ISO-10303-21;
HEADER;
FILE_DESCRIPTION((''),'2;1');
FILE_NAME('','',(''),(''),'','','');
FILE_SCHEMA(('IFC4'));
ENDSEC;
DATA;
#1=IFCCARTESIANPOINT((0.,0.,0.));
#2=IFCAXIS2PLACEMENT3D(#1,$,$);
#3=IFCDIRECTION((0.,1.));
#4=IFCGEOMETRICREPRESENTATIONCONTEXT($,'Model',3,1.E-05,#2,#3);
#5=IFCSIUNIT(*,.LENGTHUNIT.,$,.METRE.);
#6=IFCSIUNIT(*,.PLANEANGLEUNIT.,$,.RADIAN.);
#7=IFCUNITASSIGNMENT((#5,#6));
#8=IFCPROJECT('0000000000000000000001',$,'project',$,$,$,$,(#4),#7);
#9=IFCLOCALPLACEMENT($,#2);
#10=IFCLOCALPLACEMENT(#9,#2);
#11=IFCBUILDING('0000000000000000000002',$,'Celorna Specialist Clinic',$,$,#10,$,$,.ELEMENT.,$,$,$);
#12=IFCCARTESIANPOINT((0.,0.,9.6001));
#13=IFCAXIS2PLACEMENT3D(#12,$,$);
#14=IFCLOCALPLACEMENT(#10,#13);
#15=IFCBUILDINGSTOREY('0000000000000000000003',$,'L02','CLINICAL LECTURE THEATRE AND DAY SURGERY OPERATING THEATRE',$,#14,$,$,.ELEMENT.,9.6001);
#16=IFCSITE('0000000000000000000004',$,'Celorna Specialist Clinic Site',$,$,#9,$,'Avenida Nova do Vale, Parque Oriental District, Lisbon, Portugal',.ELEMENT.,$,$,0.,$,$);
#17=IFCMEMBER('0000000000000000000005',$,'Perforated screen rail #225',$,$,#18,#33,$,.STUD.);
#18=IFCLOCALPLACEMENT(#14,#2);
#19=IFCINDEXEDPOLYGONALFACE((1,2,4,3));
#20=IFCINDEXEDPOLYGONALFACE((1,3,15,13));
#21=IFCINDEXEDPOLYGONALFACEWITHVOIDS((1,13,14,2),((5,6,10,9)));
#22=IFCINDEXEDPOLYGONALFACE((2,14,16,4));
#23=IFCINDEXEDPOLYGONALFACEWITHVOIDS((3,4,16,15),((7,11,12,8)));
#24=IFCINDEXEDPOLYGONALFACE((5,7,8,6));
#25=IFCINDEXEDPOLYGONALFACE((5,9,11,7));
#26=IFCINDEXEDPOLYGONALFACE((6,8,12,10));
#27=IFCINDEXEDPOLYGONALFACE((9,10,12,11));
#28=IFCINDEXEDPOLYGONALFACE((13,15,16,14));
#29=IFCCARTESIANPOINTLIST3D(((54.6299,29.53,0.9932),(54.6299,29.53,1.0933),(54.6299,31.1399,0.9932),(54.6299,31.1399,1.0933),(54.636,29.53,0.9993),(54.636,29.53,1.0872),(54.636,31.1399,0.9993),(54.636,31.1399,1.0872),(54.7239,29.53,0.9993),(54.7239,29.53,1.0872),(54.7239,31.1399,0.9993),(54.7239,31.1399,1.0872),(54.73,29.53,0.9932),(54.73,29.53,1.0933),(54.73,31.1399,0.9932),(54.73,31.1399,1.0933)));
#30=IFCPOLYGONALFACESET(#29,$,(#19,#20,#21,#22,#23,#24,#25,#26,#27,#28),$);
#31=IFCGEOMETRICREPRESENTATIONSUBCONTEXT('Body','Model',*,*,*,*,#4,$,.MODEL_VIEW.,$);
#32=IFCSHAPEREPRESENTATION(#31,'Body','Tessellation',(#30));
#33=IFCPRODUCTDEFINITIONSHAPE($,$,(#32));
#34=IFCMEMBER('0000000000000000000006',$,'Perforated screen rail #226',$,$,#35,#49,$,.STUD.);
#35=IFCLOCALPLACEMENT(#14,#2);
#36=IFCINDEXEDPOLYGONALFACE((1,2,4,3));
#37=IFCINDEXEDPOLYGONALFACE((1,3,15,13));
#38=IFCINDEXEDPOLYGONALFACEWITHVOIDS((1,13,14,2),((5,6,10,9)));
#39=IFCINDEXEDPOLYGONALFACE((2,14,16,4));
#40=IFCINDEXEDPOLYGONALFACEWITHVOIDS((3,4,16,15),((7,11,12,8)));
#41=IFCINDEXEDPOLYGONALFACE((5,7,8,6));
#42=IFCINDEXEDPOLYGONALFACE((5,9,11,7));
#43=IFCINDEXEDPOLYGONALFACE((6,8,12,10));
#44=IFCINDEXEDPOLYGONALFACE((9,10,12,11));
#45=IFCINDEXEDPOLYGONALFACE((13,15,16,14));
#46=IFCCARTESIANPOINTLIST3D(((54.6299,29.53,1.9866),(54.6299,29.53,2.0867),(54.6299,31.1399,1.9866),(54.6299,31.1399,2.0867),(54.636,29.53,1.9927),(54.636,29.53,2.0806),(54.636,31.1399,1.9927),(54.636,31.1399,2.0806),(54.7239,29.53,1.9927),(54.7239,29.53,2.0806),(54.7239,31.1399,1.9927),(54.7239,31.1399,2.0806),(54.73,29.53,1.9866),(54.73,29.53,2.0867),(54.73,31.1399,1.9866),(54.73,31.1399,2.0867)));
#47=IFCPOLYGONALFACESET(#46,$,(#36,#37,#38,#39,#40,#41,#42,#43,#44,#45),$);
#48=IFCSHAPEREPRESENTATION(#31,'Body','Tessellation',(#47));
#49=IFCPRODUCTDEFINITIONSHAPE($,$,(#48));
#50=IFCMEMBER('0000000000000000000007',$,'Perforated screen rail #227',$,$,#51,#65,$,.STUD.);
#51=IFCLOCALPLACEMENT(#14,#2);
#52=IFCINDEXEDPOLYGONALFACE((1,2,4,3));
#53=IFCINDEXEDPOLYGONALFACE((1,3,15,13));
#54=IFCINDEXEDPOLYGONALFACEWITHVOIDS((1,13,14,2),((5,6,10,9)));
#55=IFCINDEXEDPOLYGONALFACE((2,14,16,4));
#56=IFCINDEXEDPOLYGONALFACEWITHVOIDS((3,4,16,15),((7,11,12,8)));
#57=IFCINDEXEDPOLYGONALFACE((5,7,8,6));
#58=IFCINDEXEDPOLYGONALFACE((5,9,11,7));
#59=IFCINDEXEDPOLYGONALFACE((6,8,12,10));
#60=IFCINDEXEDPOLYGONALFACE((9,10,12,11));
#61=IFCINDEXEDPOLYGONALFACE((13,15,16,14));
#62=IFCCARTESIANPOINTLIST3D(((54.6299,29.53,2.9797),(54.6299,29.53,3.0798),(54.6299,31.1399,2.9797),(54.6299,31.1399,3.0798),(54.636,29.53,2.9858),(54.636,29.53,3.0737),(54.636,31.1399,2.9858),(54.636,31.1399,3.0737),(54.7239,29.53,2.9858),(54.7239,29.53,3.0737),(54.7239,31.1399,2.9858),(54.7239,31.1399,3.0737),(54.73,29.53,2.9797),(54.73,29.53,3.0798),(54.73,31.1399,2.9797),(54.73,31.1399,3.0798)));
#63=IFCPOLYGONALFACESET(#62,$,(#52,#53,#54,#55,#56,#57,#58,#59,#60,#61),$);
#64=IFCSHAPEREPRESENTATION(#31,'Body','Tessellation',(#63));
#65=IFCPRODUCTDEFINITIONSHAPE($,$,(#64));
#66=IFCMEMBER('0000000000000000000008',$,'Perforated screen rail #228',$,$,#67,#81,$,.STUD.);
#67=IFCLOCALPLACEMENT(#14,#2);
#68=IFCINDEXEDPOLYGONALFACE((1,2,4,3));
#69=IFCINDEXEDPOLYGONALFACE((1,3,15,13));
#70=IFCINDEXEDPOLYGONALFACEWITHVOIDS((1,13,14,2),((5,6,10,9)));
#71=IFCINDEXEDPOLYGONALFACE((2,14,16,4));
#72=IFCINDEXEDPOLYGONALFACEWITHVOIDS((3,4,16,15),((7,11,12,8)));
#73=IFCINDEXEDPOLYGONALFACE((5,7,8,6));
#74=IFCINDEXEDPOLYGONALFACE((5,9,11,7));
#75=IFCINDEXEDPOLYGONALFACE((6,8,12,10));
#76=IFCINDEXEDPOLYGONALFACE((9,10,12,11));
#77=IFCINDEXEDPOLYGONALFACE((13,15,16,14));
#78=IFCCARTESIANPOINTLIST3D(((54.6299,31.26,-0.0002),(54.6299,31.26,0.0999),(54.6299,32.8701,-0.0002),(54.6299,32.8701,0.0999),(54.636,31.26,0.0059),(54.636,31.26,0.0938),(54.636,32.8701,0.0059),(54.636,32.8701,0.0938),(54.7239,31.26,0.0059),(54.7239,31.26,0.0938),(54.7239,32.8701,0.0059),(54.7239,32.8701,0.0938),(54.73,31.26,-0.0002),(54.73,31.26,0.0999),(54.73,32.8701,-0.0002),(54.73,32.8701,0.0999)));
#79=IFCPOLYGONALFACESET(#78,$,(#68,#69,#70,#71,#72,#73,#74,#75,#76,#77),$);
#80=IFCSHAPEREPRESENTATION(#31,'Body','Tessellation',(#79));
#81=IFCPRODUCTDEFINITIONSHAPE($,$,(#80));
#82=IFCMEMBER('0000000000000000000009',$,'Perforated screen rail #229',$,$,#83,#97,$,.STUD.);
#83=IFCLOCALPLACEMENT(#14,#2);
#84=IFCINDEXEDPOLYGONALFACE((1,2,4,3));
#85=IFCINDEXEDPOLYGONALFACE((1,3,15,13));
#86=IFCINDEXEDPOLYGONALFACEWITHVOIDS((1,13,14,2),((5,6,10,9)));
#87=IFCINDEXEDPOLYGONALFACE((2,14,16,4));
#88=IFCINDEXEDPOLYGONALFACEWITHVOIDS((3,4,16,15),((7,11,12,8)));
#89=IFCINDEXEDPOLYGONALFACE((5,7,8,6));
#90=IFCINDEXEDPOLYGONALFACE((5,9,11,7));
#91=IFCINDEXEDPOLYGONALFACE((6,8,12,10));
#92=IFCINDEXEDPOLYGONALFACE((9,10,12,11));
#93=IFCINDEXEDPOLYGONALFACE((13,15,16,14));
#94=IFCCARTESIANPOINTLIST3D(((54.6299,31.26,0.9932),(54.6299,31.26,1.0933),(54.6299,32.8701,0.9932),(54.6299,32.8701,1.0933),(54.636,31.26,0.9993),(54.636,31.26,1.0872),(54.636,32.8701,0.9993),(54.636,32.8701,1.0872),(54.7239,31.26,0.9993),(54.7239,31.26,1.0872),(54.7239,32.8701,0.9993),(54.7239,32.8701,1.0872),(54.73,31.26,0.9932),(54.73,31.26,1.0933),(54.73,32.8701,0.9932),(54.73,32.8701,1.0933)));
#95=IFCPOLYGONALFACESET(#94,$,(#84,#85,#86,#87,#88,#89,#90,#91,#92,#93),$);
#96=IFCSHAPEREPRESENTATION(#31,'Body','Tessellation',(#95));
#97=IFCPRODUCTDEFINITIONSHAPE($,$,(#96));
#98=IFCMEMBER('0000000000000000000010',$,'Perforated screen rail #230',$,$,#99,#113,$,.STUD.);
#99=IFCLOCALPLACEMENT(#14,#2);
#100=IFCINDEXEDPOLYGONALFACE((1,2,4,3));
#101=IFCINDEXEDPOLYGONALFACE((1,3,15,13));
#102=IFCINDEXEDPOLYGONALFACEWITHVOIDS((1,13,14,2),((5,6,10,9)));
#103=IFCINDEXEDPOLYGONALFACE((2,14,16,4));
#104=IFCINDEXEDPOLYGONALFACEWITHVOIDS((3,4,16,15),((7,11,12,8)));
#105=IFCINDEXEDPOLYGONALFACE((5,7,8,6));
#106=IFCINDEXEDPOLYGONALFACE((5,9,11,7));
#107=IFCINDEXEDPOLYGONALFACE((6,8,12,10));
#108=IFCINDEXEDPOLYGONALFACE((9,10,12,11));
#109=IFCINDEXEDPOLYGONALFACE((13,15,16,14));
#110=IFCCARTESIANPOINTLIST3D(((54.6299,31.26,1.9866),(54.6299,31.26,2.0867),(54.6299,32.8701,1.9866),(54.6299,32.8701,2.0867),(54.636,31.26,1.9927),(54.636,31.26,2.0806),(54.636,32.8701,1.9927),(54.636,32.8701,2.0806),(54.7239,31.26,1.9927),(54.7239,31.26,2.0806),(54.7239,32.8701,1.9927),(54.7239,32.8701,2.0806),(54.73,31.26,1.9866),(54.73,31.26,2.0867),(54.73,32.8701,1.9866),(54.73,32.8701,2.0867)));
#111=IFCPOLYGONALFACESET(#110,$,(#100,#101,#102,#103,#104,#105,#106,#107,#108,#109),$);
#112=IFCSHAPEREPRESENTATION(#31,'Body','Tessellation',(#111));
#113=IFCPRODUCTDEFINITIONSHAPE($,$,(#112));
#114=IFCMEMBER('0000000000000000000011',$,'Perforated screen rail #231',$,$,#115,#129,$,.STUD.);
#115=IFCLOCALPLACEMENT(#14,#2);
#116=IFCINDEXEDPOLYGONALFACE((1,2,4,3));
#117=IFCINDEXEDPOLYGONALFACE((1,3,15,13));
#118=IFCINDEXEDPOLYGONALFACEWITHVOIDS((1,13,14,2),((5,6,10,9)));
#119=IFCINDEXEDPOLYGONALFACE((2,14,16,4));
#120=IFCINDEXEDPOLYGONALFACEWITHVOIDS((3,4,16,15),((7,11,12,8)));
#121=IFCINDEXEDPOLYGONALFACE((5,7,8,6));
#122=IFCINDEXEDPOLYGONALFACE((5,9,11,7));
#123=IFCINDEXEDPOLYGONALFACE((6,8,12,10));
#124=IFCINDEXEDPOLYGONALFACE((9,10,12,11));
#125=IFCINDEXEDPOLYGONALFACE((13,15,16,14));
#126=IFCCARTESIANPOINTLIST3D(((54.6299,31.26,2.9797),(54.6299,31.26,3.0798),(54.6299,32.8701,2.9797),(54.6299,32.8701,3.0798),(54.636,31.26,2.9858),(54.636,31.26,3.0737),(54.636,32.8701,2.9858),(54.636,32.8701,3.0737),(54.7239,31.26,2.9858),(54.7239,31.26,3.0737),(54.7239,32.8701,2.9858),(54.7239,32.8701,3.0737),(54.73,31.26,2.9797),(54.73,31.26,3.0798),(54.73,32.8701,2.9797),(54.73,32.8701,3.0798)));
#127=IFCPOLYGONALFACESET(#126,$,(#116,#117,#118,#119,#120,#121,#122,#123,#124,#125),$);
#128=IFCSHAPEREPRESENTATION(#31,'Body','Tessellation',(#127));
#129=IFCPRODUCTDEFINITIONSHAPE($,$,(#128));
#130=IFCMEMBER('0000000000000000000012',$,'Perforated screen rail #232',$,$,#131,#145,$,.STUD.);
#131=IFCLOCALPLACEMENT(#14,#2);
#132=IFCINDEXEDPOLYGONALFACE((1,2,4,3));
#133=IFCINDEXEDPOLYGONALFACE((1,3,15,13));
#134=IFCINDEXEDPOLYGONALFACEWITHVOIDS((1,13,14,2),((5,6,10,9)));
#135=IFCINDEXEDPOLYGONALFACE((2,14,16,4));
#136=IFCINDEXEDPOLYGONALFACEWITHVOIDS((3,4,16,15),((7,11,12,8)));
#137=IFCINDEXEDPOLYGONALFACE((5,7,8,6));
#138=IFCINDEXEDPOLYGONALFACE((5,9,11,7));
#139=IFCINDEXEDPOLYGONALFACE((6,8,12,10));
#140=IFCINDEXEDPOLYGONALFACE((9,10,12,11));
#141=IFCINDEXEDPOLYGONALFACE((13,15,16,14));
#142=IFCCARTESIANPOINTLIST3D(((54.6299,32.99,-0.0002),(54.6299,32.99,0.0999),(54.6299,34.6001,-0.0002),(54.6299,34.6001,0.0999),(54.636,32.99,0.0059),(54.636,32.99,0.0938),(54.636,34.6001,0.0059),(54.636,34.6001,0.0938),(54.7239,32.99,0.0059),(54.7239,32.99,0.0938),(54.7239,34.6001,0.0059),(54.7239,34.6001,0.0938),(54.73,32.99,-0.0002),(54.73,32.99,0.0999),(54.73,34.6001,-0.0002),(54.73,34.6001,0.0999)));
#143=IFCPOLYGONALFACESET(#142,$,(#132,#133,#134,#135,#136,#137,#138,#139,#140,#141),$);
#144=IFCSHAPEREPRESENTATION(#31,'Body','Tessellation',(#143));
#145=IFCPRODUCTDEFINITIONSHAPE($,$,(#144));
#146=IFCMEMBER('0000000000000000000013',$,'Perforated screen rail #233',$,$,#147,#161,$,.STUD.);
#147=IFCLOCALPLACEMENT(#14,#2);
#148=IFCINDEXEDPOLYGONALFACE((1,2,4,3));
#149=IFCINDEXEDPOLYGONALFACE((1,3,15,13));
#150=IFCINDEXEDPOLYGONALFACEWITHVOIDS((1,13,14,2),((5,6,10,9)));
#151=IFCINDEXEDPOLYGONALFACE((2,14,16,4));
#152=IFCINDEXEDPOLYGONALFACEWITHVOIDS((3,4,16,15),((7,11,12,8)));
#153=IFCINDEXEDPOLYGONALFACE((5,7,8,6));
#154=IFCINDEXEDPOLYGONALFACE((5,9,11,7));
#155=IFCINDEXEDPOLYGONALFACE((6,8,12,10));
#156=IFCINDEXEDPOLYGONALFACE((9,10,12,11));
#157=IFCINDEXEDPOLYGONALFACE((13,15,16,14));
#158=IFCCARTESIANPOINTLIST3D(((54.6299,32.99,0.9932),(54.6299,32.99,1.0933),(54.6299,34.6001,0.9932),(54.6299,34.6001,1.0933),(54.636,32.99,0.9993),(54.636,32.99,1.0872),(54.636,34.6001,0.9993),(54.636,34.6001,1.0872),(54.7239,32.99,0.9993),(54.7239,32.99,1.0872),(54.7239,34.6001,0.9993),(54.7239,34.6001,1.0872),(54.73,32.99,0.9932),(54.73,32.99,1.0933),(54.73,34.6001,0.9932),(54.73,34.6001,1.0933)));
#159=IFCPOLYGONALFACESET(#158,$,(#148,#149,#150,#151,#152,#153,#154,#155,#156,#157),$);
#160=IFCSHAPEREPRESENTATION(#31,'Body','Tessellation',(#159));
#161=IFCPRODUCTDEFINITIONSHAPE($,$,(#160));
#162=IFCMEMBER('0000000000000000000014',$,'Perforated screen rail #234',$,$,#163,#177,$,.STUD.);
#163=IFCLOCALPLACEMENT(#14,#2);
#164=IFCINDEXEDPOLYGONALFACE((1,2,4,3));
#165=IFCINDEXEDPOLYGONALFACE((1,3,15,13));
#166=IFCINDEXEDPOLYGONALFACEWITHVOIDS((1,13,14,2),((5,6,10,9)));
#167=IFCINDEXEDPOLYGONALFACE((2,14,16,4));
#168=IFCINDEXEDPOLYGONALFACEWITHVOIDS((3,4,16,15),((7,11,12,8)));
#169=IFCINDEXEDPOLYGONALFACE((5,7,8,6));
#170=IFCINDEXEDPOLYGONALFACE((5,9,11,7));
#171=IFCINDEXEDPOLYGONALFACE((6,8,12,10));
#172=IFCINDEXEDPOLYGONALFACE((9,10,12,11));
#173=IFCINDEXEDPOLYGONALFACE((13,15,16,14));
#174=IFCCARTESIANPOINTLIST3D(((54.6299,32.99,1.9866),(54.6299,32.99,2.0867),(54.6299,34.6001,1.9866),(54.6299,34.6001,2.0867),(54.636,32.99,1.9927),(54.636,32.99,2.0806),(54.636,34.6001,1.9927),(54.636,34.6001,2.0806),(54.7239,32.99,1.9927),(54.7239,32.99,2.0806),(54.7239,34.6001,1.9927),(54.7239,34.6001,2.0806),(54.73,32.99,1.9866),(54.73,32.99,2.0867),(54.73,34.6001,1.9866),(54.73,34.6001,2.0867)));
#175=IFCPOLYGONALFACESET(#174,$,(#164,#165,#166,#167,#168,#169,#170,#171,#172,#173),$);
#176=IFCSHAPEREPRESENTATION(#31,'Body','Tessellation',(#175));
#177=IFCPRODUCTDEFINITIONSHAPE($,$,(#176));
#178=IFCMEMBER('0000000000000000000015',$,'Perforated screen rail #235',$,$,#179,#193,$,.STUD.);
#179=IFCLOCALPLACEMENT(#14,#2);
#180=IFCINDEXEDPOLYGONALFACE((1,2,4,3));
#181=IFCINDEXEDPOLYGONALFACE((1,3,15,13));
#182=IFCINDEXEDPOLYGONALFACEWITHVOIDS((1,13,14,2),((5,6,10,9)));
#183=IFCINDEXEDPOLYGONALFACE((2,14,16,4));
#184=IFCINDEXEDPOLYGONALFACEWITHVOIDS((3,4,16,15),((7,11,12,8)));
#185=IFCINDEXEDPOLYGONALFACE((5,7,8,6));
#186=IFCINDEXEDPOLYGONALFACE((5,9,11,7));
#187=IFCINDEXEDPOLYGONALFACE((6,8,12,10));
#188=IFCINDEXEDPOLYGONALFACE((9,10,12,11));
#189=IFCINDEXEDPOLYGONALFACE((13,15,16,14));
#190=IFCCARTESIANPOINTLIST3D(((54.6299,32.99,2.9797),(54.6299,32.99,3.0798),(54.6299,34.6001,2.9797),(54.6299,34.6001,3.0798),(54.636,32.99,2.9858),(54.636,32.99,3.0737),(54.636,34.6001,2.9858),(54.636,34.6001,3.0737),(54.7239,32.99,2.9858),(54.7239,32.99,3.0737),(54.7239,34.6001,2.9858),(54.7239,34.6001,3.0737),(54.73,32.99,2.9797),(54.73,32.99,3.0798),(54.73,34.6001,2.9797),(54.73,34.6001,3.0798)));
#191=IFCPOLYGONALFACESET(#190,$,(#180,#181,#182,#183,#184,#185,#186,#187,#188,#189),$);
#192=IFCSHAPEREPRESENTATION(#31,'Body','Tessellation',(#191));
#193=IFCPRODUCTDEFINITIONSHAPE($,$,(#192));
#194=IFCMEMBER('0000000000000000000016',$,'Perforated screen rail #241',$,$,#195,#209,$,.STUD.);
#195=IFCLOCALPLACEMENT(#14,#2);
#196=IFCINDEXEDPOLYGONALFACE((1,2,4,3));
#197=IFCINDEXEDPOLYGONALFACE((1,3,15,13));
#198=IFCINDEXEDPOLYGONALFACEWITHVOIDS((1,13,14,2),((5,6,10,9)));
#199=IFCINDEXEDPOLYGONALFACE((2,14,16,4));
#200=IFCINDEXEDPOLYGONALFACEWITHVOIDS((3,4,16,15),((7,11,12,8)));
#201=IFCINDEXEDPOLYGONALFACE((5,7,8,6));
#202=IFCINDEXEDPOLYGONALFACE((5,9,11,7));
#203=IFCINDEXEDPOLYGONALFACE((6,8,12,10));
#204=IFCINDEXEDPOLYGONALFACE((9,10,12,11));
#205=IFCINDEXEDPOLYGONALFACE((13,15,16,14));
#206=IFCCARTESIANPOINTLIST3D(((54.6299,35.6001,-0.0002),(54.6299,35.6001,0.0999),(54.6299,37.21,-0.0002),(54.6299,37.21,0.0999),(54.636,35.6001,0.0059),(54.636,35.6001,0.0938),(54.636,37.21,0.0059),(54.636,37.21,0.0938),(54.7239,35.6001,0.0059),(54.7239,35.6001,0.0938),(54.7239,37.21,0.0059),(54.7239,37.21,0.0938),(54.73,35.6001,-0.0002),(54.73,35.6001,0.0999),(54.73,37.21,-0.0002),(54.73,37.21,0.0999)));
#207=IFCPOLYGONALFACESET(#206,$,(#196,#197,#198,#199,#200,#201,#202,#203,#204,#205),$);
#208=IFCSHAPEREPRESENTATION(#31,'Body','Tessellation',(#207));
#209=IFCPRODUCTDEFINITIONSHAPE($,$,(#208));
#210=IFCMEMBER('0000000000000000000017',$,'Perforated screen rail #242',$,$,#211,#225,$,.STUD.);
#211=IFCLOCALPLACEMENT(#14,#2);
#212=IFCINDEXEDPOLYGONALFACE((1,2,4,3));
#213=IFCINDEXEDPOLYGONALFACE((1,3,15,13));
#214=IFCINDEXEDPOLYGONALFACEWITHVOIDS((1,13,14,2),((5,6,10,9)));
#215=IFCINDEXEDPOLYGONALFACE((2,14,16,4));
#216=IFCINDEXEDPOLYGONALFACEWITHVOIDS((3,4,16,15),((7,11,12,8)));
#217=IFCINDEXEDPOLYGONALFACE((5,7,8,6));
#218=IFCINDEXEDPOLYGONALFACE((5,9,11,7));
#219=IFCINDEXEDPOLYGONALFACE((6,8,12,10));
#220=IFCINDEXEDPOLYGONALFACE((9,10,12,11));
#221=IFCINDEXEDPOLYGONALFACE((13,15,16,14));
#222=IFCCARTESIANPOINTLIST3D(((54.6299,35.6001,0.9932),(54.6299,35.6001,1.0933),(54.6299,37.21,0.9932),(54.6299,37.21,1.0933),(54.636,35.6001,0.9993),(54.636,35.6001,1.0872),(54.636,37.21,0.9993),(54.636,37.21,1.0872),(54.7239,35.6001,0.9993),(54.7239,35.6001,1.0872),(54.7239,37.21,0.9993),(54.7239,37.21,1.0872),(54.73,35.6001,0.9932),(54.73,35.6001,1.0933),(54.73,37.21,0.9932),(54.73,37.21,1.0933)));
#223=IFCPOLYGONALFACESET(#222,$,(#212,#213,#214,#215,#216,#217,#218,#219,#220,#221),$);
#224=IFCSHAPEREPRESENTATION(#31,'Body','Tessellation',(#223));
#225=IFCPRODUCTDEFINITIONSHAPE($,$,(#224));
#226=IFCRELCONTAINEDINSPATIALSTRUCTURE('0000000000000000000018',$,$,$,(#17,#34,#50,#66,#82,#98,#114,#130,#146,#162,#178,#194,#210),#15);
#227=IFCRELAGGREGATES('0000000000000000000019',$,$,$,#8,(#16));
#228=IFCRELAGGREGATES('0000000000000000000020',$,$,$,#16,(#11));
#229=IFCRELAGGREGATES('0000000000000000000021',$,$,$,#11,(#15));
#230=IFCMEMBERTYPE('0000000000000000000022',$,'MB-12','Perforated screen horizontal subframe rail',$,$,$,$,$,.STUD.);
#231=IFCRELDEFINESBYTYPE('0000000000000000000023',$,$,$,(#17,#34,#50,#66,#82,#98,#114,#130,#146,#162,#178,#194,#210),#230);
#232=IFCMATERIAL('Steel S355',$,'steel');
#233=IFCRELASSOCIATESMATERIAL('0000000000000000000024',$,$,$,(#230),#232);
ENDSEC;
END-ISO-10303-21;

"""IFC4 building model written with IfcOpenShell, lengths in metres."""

from ifc_helpers import new_model, si_unit, direction, frame, origin, origin_2d, place, context, subcontext, project, spatial, hollow_rectangle, extrude, material, material_profile, profile_set, type_object, element, save


model = new_model("IFC4")

# Units and contexts
model_context = context("Model", 3, precision=1e-05, world=origin(), true_north=direction((0.0, 1.0)))
body_context = subcontext(model_context, "Body", "Model", "MODEL_VIEW")
ifc_project = project(units=[si_unit("LENGTHUNIT", "METRE"), si_unit("PLANEANGLEUNIT", "RADIAN")], contexts=[model_context])

# Site, building, storey
site_placement = place(None, origin())
site = spatial("IfcSite", under=ifc_project, at=site_placement, Name="Celorna Specialist Clinic Site", LongName="Avenida Nova do Vale, Parque Oriental District, Lisbon, Portugal", CompositionType="ELEMENT", RefElevation=0.0)
building_placement = place(site_placement, origin())
building = spatial("IfcBuilding", under=site, at=building_placement, Name="Celorna Specialist Clinic", CompositionType="ELEMENT")
storey_placement = place(building_placement, frame((0.0, 0.0, 9.6001)))
storey = spatial("IfcBuildingStorey", under=building, at=storey_placement, Name="L02", Description="CLINICAL LECTURE THEATRE AND DAY SURGERY OPERATING THEATRE", CompositionType="ELEMENT", Elevation=9.6001)

# Shared definitions
ifc_material_1 = material(Name="Steel S355", Category="steel")

# Members
ifc_material_profile_1 = material_profile(ifc_material_1, hollow_rectangle(XDim=0.1001, YDim=0.1001, WallThickness=0.0061, at=origin_2d()), Name="SHS 100x100x6")
ifc_profile_set_1 = profile_set([ifc_material_profile_1], Name="Steel S355")
member_type_1 = type_object("IfcMemberType", Name="MB-12", Description="Perforated screen horizontal subframe rail", PredefinedType="STUD", material=ifc_profile_set_1)
for number, where, z_axis, x_axis, name in (
    (1, (54.6799, 29.53, 1.0432), (0.0, 1.0, 0.0), (-1.0, 0.0, 0.0), "Perforated screen rail #225"),
    (2, (54.6799, 29.53, 2.0366), (0.0, 1.0, 0.0), (-1.0, 0.0, 0.0), "Perforated screen rail #226"),
    (3, (54.6799, 29.53, 3.0298), (0.0, 1.0, 0.0), (-1.0, 0.0, 0.0), "Perforated screen rail #227"),
):
    element("IfcMember", number, at=place(storey_placement, frame(where, z_axis=z_axis, x_axis=x_axis)), inside=storey, type_object=member_type_1, Name=name, PredefinedType="STUD", context=body_context, shape_type="SweptSolid", body=[
        extrude(hollow_rectangle(XDim=0.1001, YDim=0.1001, WallThickness=0.0061, at=origin_2d()), origin(), (0.0, 0.0, 1.0), 1.6099),
    ])
for number, where, z_axis, x_axis, name in (
    (4, (54.6799, 31.26, 0.0498), (0.0, 1.0, 0.0), (-1.0, 0.0, 0.0), "Perforated screen rail #228"),
    (5, (54.6799, 31.26, 1.0432), (0.0, 1.0, 0.0), (-1.0, 0.0, 0.0), "Perforated screen rail #229"),
    (6, (54.6799, 31.26, 2.0366), (0.0, 1.0, 0.0), (-1.0, 0.0, 0.0), "Perforated screen rail #230"),
    (7, (54.6799, 31.26, 3.0298), (0.0, 1.0, 0.0), (-1.0, 0.0, 0.0), "Perforated screen rail #231"),
    (8, (54.6799, 32.99, 0.0498), (0.0, 1.0, 0.0), (-1.0, 0.0, 0.0), "Perforated screen rail #232"),
    (9, (54.6799, 32.99, 1.0432), (0.0, 1.0, 0.0), (-1.0, 0.0, 0.0), "Perforated screen rail #233"),
    (10, (54.6799, 32.99, 2.0366), (0.0, 1.0, 0.0), (-1.0, 0.0, 0.0), "Perforated screen rail #234"),
    (11, (54.6799, 32.99, 3.0298), (0.0, 1.0, 0.0), (-1.0, 0.0, 0.0), "Perforated screen rail #235"),
):
    element("IfcMember", number, at=place(storey_placement, frame(where, z_axis=z_axis, x_axis=x_axis)), inside=storey, type_object=member_type_1, Name=name, PredefinedType="STUD", context=body_context, shape_type="SweptSolid", body=[
        extrude(hollow_rectangle(XDim=0.1001, YDim=0.1001, WallThickness=0.0061, at=origin_2d()), origin(), (0.0, 0.0, 1.0), 1.6101),
    ])
for number, where, z_axis, x_axis, name in (
    (12, (54.6799, 35.6001, 0.0498), (0.0, 1.0, 0.0), (-1.0, 0.0, 0.0), "Perforated screen rail #241"),
    (13, (54.6799, 35.6001, 1.0432), (0.0, 1.0, 0.0), (-1.0, 0.0, 0.0), "Perforated screen rail #242"),
):
    element("IfcMember", number, at=place(storey_placement, frame(where, z_axis=z_axis, x_axis=x_axis)), inside=storey, type_object=member_type_1, Name=name, PredefinedType="STUD", context=body_context, shape_type="SweptSolid", body=[
        extrude(hollow_rectangle(XDim=0.1001, YDim=0.1001, WallThickness=0.0061, at=origin_2d()), origin(), (0.0, 0.0, 1.0), 1.6099),
    ])

save(model, "model.ifc")
